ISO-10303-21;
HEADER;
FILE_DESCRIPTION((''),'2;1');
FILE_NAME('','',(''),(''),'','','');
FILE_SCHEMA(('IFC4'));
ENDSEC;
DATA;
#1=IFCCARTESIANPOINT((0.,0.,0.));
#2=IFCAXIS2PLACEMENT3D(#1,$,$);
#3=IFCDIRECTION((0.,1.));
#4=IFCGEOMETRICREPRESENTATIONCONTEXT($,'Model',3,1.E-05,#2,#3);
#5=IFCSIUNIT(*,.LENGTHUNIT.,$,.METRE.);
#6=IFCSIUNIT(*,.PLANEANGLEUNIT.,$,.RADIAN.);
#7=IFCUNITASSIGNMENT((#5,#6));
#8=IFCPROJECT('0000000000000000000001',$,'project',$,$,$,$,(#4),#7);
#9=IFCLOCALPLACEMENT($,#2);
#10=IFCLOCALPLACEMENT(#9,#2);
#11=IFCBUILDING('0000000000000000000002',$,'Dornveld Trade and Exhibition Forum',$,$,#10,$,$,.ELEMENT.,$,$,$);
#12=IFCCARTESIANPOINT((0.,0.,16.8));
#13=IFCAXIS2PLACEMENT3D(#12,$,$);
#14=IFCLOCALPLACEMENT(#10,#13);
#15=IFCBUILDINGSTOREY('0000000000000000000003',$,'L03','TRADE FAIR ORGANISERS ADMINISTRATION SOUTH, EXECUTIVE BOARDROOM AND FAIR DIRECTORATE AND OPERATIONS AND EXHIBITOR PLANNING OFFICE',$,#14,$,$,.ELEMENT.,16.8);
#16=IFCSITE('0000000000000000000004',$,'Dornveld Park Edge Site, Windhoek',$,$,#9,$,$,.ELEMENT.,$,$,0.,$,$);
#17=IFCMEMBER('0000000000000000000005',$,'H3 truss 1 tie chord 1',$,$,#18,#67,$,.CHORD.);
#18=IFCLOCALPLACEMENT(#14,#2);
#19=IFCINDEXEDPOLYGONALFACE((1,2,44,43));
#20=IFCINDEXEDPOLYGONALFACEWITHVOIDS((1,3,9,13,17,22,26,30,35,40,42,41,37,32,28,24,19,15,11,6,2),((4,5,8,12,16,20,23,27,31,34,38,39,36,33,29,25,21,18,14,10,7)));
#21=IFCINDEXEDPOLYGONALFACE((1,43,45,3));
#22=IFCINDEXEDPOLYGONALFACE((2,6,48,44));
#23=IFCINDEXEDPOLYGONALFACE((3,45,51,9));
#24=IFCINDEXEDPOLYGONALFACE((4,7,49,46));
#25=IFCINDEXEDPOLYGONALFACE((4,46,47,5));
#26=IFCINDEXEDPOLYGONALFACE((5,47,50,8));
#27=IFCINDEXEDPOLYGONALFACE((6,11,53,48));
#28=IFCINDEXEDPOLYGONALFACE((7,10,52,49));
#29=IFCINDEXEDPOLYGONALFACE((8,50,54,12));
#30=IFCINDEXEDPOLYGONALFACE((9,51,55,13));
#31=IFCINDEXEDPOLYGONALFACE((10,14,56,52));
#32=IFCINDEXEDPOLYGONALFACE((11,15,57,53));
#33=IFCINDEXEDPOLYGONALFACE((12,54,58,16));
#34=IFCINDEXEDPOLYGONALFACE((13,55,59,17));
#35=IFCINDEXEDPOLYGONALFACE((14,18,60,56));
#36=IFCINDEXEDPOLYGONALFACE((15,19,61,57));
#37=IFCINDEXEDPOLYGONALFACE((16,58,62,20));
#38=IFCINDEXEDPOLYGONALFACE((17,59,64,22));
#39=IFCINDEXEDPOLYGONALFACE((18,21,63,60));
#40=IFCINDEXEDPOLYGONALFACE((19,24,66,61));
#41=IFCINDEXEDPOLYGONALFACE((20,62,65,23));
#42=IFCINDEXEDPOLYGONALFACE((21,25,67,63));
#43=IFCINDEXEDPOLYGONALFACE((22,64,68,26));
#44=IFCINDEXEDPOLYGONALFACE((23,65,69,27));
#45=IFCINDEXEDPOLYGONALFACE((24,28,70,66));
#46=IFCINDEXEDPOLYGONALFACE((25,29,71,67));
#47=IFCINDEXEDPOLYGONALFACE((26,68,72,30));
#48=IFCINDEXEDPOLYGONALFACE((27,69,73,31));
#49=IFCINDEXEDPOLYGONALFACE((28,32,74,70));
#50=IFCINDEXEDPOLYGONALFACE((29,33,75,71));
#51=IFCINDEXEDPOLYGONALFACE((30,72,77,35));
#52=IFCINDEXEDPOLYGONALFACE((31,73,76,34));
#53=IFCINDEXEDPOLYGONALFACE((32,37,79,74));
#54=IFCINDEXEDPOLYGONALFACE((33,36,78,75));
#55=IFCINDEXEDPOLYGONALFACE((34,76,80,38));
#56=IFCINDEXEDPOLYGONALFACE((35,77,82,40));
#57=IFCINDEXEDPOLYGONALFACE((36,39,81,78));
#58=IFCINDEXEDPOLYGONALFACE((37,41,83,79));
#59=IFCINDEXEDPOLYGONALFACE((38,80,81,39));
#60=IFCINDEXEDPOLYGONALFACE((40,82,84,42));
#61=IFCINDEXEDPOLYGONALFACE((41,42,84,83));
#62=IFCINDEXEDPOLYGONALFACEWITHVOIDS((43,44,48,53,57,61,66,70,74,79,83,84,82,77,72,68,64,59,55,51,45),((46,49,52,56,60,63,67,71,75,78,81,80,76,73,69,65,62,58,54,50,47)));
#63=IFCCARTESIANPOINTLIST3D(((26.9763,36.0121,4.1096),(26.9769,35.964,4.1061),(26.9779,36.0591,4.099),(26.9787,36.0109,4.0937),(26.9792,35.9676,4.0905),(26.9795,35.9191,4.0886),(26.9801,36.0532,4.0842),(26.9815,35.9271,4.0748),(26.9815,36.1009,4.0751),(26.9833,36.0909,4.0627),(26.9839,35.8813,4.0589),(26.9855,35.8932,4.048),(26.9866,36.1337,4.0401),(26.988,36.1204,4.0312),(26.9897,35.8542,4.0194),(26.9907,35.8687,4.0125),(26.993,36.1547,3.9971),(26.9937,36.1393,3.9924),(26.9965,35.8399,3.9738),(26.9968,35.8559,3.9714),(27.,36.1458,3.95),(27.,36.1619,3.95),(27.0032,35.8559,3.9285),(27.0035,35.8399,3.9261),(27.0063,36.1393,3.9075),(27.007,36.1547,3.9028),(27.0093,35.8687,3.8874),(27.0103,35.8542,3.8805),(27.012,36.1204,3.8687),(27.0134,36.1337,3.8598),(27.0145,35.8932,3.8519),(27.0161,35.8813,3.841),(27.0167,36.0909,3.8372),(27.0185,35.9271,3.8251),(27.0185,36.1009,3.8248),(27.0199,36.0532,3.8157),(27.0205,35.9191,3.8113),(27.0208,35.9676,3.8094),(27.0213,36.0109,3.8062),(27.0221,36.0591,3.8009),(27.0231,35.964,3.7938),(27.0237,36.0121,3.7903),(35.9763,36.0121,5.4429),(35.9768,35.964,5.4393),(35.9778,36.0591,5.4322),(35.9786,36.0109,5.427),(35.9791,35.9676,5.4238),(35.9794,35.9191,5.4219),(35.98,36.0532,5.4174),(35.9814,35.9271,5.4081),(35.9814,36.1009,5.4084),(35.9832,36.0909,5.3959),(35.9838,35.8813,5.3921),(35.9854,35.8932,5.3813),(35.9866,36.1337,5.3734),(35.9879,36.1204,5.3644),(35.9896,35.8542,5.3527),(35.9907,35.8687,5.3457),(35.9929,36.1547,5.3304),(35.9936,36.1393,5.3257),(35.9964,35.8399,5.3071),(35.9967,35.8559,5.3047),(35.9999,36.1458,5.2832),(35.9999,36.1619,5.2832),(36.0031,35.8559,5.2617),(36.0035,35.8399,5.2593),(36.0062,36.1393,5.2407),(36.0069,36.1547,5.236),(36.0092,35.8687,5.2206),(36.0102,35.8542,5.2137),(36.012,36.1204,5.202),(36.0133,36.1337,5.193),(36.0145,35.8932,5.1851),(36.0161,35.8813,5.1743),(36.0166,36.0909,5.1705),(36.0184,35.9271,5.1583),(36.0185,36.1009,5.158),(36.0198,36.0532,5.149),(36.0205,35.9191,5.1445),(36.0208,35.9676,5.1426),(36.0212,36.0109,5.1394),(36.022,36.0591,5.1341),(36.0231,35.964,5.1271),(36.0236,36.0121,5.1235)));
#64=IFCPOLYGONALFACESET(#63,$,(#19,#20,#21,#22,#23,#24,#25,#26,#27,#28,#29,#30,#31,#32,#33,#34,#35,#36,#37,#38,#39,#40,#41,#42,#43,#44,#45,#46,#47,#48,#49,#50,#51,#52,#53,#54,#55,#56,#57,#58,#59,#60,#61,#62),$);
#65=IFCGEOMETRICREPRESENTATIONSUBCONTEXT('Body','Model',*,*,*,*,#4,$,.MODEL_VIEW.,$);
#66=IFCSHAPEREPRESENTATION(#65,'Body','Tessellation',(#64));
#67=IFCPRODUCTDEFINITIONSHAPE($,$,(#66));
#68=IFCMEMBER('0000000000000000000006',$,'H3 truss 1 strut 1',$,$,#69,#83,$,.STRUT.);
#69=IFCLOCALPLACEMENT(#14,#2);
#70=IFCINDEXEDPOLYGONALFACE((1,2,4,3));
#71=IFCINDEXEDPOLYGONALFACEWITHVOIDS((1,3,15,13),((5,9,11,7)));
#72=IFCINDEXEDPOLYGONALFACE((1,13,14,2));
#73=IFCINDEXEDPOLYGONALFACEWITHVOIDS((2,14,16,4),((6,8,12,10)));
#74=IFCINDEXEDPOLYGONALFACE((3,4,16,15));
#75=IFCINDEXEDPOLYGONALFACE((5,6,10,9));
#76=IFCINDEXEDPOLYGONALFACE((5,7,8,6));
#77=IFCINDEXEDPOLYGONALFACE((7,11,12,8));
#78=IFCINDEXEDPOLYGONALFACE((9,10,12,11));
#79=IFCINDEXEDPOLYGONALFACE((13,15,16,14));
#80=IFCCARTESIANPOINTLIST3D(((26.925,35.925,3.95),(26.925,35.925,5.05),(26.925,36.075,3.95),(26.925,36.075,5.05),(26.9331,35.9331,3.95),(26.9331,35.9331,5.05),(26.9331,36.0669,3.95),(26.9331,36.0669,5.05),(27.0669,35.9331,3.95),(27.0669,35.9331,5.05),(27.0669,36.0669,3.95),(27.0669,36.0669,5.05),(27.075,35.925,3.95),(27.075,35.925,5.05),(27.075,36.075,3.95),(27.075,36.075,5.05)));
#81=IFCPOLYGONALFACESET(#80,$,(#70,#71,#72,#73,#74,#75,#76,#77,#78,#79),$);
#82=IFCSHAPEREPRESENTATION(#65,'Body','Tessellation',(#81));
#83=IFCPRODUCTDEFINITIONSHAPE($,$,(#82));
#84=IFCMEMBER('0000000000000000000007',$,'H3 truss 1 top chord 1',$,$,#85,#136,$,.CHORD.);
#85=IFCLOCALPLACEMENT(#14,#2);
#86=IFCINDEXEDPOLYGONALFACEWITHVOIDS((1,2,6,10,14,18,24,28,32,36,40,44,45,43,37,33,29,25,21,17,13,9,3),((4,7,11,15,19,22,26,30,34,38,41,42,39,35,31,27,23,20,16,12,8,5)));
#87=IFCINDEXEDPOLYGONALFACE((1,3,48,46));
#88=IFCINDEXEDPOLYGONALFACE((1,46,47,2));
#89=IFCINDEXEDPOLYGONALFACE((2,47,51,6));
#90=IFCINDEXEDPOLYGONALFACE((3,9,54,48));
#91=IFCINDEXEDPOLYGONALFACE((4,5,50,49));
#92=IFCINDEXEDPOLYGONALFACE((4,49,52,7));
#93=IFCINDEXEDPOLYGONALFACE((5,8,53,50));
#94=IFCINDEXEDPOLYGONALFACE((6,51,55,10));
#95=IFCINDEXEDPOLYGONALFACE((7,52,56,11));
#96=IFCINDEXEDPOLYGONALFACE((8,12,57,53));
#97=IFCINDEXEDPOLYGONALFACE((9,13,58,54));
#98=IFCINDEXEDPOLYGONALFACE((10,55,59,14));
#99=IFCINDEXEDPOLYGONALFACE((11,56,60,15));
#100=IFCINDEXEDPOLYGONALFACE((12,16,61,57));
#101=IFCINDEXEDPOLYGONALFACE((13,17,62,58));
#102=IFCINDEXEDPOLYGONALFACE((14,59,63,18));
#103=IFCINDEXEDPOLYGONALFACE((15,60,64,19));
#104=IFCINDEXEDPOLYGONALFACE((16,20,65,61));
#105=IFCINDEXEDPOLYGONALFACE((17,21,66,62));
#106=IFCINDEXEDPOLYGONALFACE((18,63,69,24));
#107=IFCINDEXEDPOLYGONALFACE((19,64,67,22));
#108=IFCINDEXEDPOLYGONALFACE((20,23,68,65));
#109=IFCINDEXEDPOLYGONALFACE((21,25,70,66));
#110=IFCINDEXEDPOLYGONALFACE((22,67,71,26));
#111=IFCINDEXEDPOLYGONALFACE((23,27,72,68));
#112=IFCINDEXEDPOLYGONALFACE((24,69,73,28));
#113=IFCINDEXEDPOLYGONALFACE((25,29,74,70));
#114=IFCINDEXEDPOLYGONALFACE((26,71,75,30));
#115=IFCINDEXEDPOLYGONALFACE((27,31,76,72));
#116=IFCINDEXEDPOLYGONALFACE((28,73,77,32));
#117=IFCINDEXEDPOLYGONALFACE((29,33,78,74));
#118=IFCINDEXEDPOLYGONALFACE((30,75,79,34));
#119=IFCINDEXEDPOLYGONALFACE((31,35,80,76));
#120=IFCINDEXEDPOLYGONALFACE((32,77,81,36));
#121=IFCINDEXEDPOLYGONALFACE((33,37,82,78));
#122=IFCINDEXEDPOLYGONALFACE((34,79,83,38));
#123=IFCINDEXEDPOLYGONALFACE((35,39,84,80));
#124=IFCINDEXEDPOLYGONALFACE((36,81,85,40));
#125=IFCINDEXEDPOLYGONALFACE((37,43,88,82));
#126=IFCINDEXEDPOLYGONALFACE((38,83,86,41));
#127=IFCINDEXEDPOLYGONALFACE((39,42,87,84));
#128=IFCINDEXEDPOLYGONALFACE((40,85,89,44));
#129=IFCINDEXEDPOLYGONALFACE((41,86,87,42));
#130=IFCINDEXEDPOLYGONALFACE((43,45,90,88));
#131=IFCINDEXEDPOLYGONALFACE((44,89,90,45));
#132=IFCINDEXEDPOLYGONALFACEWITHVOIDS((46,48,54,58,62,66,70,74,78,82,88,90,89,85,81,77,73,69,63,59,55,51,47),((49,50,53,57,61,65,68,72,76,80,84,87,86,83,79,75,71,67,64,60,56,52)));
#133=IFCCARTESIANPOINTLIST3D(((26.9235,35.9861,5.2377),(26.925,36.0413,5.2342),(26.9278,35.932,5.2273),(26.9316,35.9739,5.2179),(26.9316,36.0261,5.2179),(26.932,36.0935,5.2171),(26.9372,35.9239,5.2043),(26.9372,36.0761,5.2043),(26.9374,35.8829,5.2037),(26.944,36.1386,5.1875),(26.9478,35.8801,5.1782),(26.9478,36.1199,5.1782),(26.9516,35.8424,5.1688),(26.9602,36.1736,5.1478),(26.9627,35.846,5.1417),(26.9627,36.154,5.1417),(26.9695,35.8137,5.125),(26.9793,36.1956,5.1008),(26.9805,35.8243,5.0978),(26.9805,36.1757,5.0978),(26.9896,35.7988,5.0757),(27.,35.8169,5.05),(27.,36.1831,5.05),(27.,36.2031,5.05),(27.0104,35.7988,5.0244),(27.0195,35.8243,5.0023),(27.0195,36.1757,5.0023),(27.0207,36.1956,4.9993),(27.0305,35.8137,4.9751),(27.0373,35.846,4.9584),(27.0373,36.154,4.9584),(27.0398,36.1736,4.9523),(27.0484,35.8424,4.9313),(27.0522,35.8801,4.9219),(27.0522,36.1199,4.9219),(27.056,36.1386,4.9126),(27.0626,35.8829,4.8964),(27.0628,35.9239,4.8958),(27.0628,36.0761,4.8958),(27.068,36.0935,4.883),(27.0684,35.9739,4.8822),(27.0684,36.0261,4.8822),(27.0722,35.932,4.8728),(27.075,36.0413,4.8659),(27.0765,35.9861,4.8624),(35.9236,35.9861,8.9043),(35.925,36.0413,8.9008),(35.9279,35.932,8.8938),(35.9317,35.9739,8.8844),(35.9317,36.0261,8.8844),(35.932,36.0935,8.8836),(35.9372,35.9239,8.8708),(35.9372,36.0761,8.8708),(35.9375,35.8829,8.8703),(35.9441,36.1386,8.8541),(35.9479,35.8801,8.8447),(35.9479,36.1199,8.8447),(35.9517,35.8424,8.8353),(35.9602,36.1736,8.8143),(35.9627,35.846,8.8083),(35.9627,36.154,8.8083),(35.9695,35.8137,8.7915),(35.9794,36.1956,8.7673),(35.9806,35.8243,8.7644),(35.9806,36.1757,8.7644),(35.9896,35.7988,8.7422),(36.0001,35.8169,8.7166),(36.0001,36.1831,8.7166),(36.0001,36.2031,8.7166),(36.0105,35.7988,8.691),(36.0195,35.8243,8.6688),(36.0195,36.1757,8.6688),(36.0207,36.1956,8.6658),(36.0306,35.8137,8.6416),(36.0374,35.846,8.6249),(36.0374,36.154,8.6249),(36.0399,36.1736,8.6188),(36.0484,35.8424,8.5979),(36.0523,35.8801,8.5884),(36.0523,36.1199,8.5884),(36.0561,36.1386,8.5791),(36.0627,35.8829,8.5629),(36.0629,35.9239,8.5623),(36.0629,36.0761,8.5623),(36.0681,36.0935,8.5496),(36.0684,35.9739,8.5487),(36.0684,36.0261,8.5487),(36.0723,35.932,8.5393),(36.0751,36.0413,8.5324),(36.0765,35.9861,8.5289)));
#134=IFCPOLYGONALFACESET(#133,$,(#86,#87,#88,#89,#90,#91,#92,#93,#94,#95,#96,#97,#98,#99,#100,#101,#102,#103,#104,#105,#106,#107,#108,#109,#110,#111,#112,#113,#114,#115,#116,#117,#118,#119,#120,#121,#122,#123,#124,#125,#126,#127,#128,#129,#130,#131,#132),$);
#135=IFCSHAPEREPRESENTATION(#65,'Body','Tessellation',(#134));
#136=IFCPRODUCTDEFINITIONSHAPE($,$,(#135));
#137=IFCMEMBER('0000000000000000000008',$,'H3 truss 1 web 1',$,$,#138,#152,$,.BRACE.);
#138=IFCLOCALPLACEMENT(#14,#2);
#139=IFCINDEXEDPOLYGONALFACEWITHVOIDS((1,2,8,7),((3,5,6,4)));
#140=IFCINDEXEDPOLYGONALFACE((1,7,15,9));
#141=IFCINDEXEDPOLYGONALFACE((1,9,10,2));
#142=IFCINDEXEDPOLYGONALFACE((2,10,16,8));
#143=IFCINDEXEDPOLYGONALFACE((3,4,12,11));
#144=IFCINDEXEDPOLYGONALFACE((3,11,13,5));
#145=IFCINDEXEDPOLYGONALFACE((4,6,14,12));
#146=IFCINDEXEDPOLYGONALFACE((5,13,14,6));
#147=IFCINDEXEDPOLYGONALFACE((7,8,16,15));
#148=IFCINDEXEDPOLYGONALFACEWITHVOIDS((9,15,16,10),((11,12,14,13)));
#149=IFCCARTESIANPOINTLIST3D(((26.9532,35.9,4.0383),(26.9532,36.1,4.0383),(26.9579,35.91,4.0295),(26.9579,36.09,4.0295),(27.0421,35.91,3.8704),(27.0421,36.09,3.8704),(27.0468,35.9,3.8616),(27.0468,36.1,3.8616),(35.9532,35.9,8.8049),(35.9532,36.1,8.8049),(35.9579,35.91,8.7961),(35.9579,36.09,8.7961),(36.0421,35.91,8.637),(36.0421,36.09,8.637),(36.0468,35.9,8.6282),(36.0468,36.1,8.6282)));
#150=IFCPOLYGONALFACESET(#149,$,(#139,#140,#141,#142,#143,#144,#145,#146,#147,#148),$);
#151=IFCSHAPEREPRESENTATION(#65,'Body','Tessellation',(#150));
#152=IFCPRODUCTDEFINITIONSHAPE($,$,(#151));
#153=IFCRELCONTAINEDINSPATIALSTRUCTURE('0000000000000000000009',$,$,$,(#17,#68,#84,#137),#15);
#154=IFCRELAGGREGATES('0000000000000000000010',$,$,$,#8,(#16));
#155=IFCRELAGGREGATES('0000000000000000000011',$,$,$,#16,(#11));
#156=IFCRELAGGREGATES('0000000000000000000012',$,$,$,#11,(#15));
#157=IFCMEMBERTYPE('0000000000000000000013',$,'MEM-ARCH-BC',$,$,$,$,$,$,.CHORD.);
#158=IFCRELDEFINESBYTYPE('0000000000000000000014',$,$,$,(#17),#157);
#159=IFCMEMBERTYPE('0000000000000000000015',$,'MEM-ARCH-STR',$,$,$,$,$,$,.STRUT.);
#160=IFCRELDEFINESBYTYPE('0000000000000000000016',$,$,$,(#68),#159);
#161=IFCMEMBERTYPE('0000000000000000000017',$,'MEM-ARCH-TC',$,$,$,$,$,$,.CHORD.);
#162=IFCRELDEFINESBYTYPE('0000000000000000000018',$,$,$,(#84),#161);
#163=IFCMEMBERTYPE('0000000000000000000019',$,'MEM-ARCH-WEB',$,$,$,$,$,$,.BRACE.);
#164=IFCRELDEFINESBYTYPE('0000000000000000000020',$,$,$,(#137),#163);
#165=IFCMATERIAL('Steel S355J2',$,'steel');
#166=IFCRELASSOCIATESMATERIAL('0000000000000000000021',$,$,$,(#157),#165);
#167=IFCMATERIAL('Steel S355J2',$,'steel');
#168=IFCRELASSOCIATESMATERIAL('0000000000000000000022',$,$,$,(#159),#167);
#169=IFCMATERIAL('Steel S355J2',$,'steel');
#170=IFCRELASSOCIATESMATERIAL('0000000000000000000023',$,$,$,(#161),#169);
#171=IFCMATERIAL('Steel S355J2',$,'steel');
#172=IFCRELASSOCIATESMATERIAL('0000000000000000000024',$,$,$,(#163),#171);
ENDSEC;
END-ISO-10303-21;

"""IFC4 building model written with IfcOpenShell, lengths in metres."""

from ifc_helpers import new_model, si_unit, direction, frame, origin, origin_2d, place, context, subcontext, project, spatial, hollow_rectangle, hollow_circle, extrude, material, material_profile, profile_set, type_object, element, save


model = new_model("IFC4")

# Units and contexts
model_context = context("Model", 3, precision=1e-05, world=origin(), true_north=direction((0.0, 1.0)))
body_context = subcontext(model_context, "Body", "Model", "MODEL_VIEW")
ifc_project = project(units=[si_unit("LENGTHUNIT", "METRE"), si_unit("PLANEANGLEUNIT", "RADIAN")], contexts=[model_context])

# Site, building, storey
site_placement = place(None, origin())
site = spatial("IfcSite", under=ifc_project, at=site_placement, Name="Dornveld Park Edge Site, Windhoek", CompositionType="ELEMENT", RefElevation=0.0)
building_placement = place(site_placement, origin())
building = spatial("IfcBuilding", under=site, at=building_placement, Name="Dornveld Trade and Exhibition Forum", CompositionType="ELEMENT")
storey_placement = place(building_placement, frame((0.0, 0.0, 16.8)))
storey = spatial("IfcBuildingStorey", under=building, at=storey_placement, Name="L03", Description="TRADE FAIR ORGANISERS ADMINISTRATION SOUTH, EXECUTIVE BOARDROOM AND FAIR DIRECTORATE AND OPERATIONS AND EXHIBITOR PLANNING OFFICE", CompositionType="ELEMENT", Elevation=16.8)

# Members
ifc_material_1 = material(Name="Steel S355J2", Category="steel")
ifc_material_profile_1 = material_profile(ifc_material_1, hollow_circle(Radius=0.1619, WallThickness=0.0161, at=origin_2d()), Name="CHS 323.9x16")
ifc_profile_set_1 = profile_set([ifc_material_profile_1], Name="Steel S355J2")
member_type_1 = type_object("IfcMemberType", Name="MEM-ARCH-BC", PredefinedType="CHORD", material=ifc_profile_set_1)
member_1_placement = place(storey_placement, frame((27.0, 36.0, 3.95), z_axis=(0.989205, 0.0, 0.14654), x_axis=(0.0, 1.0, 0.0)))
element("IfcMember", 1, at=member_1_placement, inside=storey, type_object=member_type_1, Name="H3 truss 1 tie chord 1", PredefinedType="CHORD", context=body_context, shape_type="SweptSolid", body=[
    extrude(hollow_circle(Radius=0.1619, WallThickness=0.0161, at=origin_2d()), origin(), (0.0, 0.0, 1.0), 9.0981),
])
ifc_material_2 = material(Name="Steel S355J2", Category="steel")
ifc_material_profile_2 = material_profile(ifc_material_2, hollow_rectangle(XDim=0.1499, YDim=0.1499, WallThickness=0.0081, at=origin_2d()), Name="SHS 150x150x8")
ifc_profile_set_2 = profile_set([ifc_material_profile_2], Name="Steel S355J2")
member_type_2 = type_object("IfcMemberType", Name="MEM-ARCH-STR", PredefinedType="STRUT", material=ifc_profile_set_2)
member_2_placement = place(storey_placement, frame((27.0, 36.0, 3.95), z_axis=(0.0, 0.0, 1.0), x_axis=(1.0, 0.0, 0.0)))
element("IfcMember", 2, at=member_2_placement, inside=storey, type_object=member_type_2, Name="H3 truss 1 strut 1", PredefinedType="STRUT", context=body_context, shape_type="SweptSolid", body=[
    extrude(hollow_rectangle(XDim=0.1499, YDim=0.1499, WallThickness=0.0081, at=origin_2d()), origin(), (0.0, 0.0, 1.0), 1.1001),
])
ifc_material_3 = material(Name="Steel S355J2", Category="steel")
ifc_material_profile_3 = material_profile(ifc_material_3, hollow_circle(Radius=0.2031, WallThickness=0.02, at=origin_2d()), Name="CHS 406.4x20")
ifc_profile_set_3 = profile_set([ifc_material_profile_3], Name="Steel S355J2")
member_type_3 = type_object("IfcMemberType", Name="MEM-ARCH-TC", PredefinedType="CHORD", material=ifc_profile_set_3)
member_3_placement = place(storey_placement, frame((27.0, 36.0, 5.05), z_axis=(0.926098, 0.0, 0.377283), x_axis=(0.0, 1.0, 0.0)))
element("IfcMember", 3, at=member_3_placement, inside=storey, type_object=member_type_3, Name="H3 truss 1 top chord 1", PredefinedType="CHORD", context=body_context, shape_type="SweptSolid", body=[
    extrude(hollow_circle(Radius=0.2031, WallThickness=0.02, at=origin_2d()), origin(), (0.0, 0.0, 1.0), 9.7183),
])
ifc_material_4 = material(Name="Steel S355J2", Category="steel")
ifc_material_profile_4 = material_profile(ifc_material_4, hollow_rectangle(XDim=0.2, YDim=0.2, WallThickness=0.01, at=origin_2d()), Name="SHS 200x200x10")
ifc_profile_set_4 = profile_set([ifc_material_profile_4], Name="Steel S355J2")
member_type_4 = type_object("IfcMemberType", Name="MEM-ARCH-WEB", PredefinedType="BRACE", material=ifc_profile_set_4)
member_4_placement = place(storey_placement, frame((27.0, 36.0, 3.95), z_axis=(0.883711, 0.0, 0.468033), x_axis=(0.0, 1.0, 0.0)))
element("IfcMember", 4, at=member_4_placement, inside=storey, type_object=member_type_4, Name="H3 truss 1 web 1", PredefinedType="BRACE", context=body_context, shape_type="SweptSolid", body=[
    extrude(hollow_rectangle(XDim=0.2, YDim=0.2, WallThickness=0.01, at=origin_2d()), origin(), (0.0, 0.0, 1.0), 10.1843),
])

save(model, "model.ifc")
